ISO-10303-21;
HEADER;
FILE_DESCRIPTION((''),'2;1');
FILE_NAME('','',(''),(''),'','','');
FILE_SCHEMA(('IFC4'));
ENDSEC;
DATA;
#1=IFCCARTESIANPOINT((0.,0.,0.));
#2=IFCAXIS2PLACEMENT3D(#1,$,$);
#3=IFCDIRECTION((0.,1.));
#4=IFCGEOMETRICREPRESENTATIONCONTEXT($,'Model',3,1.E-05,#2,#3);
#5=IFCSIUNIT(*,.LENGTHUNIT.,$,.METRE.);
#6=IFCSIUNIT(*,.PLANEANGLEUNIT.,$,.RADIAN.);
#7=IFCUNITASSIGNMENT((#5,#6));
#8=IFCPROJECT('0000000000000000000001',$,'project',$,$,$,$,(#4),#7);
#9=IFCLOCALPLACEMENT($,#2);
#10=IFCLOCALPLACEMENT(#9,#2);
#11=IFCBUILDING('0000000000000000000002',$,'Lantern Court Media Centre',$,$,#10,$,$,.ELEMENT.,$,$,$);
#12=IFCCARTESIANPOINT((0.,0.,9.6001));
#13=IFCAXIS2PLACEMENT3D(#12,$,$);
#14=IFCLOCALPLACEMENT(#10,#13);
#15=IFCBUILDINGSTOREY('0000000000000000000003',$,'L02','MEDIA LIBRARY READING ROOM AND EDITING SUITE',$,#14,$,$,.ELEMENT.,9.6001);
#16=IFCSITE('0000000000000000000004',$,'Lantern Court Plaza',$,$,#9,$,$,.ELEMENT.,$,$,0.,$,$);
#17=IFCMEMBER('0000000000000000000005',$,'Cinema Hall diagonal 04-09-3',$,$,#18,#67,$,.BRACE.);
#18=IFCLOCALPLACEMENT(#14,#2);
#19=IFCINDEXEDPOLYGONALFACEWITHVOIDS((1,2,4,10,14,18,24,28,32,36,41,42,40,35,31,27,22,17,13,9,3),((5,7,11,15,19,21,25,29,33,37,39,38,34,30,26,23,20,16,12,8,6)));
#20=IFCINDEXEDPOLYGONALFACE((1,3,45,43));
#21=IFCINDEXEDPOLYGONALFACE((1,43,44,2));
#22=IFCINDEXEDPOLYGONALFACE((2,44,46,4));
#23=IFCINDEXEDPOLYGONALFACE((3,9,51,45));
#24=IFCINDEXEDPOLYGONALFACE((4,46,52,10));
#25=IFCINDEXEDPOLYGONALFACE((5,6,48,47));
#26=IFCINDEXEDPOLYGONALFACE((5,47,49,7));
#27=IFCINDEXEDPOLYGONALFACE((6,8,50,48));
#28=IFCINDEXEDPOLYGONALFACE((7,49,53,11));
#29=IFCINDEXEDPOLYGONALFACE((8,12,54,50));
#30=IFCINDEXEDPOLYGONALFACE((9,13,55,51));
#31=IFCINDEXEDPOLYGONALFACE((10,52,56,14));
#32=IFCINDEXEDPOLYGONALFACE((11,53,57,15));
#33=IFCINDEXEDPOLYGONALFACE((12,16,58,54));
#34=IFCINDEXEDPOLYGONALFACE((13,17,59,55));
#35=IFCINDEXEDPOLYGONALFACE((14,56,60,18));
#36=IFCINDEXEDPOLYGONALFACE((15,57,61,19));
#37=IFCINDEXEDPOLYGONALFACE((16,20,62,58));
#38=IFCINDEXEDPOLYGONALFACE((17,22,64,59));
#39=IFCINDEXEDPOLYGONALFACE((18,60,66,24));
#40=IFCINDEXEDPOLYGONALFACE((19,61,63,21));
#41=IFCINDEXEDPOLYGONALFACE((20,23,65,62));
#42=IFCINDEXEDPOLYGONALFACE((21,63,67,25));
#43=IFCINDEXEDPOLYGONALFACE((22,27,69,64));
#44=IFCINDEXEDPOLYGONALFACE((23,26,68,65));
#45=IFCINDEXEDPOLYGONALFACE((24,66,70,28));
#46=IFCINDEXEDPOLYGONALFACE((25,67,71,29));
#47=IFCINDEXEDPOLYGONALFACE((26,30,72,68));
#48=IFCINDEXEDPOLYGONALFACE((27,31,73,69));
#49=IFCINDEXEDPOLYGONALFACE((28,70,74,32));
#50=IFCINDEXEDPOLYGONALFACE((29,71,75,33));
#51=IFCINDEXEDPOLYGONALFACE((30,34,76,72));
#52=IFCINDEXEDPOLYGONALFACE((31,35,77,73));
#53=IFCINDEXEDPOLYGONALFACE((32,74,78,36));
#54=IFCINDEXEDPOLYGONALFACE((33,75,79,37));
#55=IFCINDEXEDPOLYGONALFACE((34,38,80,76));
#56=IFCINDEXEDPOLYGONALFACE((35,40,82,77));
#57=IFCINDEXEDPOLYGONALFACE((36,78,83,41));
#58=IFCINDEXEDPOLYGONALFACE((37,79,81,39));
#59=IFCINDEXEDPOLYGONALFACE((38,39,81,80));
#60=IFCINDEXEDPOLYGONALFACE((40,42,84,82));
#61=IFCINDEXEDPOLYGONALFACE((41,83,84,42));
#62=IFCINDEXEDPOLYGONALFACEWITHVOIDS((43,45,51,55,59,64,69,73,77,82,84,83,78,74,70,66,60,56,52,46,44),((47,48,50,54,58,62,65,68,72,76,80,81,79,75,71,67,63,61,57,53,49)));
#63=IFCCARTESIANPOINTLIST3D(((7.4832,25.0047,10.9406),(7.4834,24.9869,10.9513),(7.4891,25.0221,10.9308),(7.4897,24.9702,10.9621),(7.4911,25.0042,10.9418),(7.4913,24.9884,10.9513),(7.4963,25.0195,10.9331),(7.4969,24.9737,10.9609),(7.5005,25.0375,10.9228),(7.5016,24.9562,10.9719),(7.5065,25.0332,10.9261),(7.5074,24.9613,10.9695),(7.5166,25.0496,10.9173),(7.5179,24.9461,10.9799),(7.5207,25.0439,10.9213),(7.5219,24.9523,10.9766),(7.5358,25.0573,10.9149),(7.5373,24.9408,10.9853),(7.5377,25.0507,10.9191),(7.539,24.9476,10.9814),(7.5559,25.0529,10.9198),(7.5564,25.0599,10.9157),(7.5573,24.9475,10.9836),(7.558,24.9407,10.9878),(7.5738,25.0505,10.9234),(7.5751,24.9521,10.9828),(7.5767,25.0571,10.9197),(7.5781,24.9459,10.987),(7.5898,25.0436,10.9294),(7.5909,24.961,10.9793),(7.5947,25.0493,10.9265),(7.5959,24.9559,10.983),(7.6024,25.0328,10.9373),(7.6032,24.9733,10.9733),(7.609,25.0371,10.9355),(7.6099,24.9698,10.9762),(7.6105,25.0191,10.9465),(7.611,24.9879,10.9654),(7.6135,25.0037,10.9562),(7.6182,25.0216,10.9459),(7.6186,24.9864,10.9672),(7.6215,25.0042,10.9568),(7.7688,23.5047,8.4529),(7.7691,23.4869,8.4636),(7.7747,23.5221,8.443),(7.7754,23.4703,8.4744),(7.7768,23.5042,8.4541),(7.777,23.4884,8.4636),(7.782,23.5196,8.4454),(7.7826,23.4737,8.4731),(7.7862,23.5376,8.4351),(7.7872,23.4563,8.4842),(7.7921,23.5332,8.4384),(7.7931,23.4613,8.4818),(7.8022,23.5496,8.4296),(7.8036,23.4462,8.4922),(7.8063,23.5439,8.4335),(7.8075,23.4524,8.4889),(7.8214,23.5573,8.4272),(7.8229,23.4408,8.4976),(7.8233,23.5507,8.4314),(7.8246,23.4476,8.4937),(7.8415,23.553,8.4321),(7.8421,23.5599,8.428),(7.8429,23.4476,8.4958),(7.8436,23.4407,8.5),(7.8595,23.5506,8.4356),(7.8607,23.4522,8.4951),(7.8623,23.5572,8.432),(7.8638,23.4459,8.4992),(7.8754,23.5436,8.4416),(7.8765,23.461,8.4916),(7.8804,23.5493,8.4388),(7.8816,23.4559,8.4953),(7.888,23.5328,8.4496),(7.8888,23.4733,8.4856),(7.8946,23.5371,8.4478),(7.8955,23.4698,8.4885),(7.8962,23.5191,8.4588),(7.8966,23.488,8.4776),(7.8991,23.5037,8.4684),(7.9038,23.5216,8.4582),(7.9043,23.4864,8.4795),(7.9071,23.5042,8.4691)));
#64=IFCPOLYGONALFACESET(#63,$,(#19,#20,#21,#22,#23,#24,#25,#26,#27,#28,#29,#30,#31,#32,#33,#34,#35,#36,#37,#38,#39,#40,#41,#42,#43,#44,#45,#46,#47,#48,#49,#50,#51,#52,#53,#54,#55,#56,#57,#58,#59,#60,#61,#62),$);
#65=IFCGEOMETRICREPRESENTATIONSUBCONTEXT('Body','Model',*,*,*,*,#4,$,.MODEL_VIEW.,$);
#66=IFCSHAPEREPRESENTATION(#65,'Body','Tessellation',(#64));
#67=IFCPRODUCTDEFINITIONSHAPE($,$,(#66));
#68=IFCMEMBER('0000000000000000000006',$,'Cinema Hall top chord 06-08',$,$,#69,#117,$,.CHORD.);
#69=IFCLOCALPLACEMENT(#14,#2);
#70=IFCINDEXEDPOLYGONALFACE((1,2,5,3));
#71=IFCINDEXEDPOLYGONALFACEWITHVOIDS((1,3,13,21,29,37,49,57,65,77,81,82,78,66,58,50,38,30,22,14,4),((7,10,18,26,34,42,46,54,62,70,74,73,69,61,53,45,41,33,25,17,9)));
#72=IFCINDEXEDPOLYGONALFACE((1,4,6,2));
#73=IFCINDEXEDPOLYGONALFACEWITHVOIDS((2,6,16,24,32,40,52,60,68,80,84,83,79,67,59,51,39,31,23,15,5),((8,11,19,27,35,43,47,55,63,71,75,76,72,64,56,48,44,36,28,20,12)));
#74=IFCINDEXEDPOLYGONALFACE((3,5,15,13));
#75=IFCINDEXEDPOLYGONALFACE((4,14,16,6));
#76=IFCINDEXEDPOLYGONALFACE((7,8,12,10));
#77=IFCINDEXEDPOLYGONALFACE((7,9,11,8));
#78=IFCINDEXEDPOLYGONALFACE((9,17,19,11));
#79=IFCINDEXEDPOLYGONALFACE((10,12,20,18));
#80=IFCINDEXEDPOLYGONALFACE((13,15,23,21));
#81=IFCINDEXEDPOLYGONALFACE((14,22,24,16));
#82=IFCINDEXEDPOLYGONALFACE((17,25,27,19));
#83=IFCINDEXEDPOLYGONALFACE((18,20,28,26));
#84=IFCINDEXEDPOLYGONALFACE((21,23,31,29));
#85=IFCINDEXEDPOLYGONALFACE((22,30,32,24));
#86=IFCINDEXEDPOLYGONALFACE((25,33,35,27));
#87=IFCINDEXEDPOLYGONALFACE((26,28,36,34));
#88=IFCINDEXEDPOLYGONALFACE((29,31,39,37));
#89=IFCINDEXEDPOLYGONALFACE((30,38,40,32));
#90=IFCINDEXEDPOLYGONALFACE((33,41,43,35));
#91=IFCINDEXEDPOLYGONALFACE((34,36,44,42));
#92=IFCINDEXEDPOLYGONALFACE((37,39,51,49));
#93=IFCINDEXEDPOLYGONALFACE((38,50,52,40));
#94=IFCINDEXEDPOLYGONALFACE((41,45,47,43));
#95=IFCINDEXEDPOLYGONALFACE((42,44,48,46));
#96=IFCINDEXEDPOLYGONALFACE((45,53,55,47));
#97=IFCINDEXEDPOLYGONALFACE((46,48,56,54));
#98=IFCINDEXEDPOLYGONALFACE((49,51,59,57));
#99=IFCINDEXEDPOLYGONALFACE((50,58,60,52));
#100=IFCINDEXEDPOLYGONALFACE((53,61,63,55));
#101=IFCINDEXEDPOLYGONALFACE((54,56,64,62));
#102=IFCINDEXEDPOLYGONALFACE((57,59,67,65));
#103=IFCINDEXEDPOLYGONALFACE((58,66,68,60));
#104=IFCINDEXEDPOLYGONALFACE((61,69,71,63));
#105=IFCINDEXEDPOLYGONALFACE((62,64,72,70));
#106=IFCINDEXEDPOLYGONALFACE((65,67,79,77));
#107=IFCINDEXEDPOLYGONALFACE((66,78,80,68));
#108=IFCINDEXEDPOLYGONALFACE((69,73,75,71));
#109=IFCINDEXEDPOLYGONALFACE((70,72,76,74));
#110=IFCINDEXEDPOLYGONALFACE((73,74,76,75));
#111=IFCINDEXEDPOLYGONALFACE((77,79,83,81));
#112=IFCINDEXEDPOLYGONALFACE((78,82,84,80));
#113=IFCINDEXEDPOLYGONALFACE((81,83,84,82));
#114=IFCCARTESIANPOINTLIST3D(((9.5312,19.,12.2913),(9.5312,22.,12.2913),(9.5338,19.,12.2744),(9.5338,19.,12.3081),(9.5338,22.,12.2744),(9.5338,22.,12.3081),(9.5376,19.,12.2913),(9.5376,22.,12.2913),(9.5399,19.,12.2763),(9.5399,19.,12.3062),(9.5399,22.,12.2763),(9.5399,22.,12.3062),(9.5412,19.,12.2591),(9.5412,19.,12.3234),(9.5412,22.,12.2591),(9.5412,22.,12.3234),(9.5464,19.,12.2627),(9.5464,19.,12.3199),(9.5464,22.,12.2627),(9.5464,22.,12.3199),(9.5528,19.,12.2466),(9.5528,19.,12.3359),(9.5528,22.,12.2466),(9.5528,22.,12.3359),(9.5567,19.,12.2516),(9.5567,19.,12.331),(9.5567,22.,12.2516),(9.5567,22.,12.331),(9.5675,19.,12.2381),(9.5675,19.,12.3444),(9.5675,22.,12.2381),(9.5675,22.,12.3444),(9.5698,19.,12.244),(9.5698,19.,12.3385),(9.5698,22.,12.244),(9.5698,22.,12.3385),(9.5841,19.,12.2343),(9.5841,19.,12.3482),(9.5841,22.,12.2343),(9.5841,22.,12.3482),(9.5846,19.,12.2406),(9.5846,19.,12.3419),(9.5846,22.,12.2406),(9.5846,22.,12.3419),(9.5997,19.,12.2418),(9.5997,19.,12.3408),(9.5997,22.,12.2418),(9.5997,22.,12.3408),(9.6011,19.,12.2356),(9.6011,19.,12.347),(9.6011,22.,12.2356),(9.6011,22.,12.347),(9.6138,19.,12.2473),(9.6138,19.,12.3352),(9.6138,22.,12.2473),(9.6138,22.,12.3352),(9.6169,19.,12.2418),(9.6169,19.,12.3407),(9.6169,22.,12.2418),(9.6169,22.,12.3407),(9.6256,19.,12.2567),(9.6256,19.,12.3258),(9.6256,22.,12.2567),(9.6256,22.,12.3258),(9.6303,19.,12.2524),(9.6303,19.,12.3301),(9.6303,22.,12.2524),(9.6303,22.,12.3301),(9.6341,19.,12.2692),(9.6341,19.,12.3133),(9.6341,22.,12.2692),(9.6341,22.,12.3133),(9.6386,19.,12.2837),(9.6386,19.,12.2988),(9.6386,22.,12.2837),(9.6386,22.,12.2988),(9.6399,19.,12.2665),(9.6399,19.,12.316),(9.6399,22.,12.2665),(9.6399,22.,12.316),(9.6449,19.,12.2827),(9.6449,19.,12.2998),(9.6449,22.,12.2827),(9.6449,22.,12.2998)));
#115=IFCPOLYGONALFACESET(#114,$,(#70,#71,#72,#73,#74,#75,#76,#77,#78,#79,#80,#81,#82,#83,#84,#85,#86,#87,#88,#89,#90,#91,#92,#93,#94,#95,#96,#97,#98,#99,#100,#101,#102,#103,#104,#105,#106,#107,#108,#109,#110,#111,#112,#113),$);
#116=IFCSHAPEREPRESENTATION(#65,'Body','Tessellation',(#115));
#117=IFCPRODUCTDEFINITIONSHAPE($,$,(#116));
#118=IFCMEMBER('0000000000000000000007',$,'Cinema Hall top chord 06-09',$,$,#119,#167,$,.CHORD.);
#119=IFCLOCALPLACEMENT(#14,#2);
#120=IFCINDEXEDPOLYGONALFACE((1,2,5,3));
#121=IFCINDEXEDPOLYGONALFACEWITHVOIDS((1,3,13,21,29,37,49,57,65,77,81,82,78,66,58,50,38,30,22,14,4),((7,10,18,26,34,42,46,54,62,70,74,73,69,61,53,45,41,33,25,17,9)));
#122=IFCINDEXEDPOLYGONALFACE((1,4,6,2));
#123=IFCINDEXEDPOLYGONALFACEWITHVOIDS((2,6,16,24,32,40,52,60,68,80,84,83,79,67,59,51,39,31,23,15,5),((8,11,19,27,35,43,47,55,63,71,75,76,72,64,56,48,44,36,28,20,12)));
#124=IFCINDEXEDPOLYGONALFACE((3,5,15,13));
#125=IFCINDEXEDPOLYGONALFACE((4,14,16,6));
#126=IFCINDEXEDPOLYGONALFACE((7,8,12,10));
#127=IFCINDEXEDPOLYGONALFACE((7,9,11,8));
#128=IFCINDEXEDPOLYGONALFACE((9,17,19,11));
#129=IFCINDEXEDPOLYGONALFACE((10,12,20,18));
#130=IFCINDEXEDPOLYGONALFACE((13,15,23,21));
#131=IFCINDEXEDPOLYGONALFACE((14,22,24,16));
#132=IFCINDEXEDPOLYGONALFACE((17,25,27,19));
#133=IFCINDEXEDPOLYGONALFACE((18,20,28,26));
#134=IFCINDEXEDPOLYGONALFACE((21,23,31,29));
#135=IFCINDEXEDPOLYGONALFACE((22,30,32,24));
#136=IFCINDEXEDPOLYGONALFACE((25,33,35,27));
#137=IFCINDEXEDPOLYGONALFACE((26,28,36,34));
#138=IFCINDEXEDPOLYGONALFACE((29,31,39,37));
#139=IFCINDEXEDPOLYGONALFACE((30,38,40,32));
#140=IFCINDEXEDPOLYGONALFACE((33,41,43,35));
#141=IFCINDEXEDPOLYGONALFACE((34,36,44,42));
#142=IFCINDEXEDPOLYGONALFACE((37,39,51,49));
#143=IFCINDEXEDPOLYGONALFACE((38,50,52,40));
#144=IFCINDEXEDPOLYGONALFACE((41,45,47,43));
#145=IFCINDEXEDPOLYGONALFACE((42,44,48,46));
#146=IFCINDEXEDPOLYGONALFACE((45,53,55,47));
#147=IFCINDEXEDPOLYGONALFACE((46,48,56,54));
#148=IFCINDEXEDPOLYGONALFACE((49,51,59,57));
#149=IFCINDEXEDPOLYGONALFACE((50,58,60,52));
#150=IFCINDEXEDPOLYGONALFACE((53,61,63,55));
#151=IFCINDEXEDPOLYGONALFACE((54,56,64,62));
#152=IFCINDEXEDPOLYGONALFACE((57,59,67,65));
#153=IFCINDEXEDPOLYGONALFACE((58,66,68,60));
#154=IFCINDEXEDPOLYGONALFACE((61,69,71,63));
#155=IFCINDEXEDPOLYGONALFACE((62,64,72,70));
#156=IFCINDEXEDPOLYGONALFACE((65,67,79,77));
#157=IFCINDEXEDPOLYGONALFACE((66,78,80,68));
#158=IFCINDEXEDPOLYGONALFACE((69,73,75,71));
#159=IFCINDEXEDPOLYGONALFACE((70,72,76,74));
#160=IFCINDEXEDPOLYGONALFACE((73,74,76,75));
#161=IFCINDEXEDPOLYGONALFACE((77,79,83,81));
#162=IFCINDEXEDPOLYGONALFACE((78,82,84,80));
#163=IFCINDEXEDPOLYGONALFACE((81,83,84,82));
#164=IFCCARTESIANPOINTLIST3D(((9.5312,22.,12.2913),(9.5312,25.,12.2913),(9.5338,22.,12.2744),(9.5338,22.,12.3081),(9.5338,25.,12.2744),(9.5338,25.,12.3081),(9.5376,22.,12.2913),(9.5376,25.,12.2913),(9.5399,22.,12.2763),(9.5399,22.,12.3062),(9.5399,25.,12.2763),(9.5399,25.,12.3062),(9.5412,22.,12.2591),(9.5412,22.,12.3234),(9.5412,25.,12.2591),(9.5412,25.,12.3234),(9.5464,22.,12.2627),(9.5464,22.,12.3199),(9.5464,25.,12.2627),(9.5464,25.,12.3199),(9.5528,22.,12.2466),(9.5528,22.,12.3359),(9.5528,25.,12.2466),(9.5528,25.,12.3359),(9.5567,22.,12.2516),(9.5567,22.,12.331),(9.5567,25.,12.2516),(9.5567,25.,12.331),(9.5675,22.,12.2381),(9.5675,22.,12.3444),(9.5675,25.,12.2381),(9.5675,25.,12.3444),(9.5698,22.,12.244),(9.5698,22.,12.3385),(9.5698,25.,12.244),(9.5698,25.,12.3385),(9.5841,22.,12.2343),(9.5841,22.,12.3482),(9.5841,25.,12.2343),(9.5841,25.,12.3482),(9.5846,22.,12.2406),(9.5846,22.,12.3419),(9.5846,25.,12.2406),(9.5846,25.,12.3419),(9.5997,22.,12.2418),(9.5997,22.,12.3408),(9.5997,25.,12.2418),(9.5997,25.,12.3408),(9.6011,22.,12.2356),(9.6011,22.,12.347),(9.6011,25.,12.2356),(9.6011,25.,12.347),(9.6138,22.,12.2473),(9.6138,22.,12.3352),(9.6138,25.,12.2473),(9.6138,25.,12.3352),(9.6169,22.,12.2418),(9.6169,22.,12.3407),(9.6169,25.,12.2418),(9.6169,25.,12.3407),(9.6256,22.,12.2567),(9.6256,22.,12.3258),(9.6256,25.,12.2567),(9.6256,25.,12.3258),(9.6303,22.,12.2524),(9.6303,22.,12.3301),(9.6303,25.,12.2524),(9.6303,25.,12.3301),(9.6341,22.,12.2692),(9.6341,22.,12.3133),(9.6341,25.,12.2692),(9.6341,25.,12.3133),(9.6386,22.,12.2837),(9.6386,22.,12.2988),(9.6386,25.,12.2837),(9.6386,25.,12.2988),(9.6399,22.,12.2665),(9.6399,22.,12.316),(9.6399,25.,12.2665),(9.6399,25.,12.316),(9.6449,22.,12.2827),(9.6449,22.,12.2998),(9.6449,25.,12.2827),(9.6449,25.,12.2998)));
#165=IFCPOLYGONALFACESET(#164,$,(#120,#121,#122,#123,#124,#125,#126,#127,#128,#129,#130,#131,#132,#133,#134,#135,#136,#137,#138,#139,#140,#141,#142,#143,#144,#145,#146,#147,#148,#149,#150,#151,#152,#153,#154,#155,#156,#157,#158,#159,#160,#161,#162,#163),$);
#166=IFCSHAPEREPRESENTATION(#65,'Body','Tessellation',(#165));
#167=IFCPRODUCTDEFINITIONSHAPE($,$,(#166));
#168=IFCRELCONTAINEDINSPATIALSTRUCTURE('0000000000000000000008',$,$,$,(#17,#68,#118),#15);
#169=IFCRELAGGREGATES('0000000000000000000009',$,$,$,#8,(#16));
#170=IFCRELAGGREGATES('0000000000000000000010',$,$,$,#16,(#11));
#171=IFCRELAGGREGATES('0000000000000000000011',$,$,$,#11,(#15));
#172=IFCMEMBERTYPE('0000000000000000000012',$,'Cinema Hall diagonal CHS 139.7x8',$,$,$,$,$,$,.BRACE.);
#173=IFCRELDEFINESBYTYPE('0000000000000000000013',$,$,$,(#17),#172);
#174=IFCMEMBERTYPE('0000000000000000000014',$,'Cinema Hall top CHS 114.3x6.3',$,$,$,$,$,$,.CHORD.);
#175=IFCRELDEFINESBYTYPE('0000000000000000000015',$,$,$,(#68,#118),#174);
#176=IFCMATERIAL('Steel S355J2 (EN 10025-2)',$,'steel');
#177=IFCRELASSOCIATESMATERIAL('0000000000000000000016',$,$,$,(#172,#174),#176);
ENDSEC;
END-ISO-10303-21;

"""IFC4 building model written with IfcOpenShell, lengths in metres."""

from ifc_helpers import new_model, si_unit, direction, frame, origin, origin_2d, place, context, subcontext, project, spatial, hollow_circle, extrude, material, material_profile, profile_set, type_object, element, save


model = new_model("IFC4")

# Units and contexts
model_context = context("Model", 3, precision=1e-05, world=origin(), true_north=direction((0.0, 1.0)))
body_context = subcontext(model_context, "Body", "Model", "MODEL_VIEW")
ifc_project = project(units=[si_unit("LENGTHUNIT", "METRE"), si_unit("PLANEANGLEUNIT", "RADIAN")], contexts=[model_context])

# Site, building, storey
site_placement = place(None, origin())
site = spatial("IfcSite", under=ifc_project, at=site_placement, Name="Lantern Court Plaza", CompositionType="ELEMENT", RefElevation=0.0)
building_placement = place(site_placement, origin())
building = spatial("IfcBuilding", under=site, at=building_placement, Name="Lantern Court Media Centre", CompositionType="ELEMENT")
storey_placement = place(building_placement, frame((0.0, 0.0, 9.6001)))
storey = spatial("IfcBuildingStorey", under=building, at=storey_placement, Name="L02", Description="MEDIA LIBRARY READING ROOM AND EDITING SUITE", CompositionType="ELEMENT", Elevation=9.6001)

# Members
ifc_material = material(Name="Steel S355J2 (EN 10025-2)", Category="steel")
ifc_material_profile_1 = material_profile(ifc_material, hollow_circle(Radius=0.0698, WallThickness=0.0081, at=origin_2d()), Name="Cinema Hall diagonal CHS 139.7x8")
ifc_profile_set_1 = profile_set([ifc_material_profile_1], Name="Steel S355J2 (EN 10025-2)")
member_type_1 = type_object("IfcMemberType", Name="Cinema Hall diagonal CHS 139.7x8", PredefinedType="BRACE", material=ifc_profile_set_1)
for number, where, z_axis, x_axis, name in (
    (1, (7.8376, 23.5, 8.4636), (-0.097856, 0.51387, 0.852268), (-0.982347, -0.187068, 0.0), "Cinema Hall diagonal 04-09-3"),
):
    element("IfcMember", number, at=place(storey_placement, frame(where, z_axis=z_axis, x_axis=x_axis)), inside=storey, type_object=member_type_1, Name=name, PredefinedType="BRACE", context=body_context, shape_type="SweptSolid", body=[
        extrude(hollow_circle(Radius=0.0698, WallThickness=0.0081, at=origin_2d()), origin(), (0.0, 0.0, 1.0), 2.9189),
    ])
ifc_material_profile_2 = material_profile(ifc_material, hollow_circle(Radius=0.0571, WallThickness=0.0063, at=origin_2d()), Name="Cinema Hall top CHS 114.3x6.3")
ifc_profile_set_2 = profile_set([ifc_material_profile_2], Name="Steel S355J2 (EN 10025-2)")
member_type_2 = type_object("IfcMemberType", Name="Cinema Hall top CHS 114.3x6.3", PredefinedType="CHORD", material=ifc_profile_set_2)
for number, where, z_axis, x_axis, name in (
    (2, (9.5884, 19.0, 12.2913), (0.0, 1.0, 0.0), (-1.0, 0.0, 0.0), "Cinema Hall top chord 06-08"),
    (3, (9.5884, 22.0, 12.2913), (0.0, 1.0, 0.0), (-1.0, 0.0, 0.0), "Cinema Hall top chord 06-09"),
):
    element("IfcMember", number, at=place(storey_placement, frame(where, z_axis=z_axis, x_axis=x_axis)), inside=storey, type_object=member_type_2, Name=name, PredefinedType="CHORD", context=body_context, shape_type="SweptSolid", body=[
        extrude(hollow_circle(Radius=0.0571, WallThickness=0.0063, at=origin_2d()), origin(), (0.0, 0.0, 1.0), 3.0),
    ])

save(model, "model.ifc")
